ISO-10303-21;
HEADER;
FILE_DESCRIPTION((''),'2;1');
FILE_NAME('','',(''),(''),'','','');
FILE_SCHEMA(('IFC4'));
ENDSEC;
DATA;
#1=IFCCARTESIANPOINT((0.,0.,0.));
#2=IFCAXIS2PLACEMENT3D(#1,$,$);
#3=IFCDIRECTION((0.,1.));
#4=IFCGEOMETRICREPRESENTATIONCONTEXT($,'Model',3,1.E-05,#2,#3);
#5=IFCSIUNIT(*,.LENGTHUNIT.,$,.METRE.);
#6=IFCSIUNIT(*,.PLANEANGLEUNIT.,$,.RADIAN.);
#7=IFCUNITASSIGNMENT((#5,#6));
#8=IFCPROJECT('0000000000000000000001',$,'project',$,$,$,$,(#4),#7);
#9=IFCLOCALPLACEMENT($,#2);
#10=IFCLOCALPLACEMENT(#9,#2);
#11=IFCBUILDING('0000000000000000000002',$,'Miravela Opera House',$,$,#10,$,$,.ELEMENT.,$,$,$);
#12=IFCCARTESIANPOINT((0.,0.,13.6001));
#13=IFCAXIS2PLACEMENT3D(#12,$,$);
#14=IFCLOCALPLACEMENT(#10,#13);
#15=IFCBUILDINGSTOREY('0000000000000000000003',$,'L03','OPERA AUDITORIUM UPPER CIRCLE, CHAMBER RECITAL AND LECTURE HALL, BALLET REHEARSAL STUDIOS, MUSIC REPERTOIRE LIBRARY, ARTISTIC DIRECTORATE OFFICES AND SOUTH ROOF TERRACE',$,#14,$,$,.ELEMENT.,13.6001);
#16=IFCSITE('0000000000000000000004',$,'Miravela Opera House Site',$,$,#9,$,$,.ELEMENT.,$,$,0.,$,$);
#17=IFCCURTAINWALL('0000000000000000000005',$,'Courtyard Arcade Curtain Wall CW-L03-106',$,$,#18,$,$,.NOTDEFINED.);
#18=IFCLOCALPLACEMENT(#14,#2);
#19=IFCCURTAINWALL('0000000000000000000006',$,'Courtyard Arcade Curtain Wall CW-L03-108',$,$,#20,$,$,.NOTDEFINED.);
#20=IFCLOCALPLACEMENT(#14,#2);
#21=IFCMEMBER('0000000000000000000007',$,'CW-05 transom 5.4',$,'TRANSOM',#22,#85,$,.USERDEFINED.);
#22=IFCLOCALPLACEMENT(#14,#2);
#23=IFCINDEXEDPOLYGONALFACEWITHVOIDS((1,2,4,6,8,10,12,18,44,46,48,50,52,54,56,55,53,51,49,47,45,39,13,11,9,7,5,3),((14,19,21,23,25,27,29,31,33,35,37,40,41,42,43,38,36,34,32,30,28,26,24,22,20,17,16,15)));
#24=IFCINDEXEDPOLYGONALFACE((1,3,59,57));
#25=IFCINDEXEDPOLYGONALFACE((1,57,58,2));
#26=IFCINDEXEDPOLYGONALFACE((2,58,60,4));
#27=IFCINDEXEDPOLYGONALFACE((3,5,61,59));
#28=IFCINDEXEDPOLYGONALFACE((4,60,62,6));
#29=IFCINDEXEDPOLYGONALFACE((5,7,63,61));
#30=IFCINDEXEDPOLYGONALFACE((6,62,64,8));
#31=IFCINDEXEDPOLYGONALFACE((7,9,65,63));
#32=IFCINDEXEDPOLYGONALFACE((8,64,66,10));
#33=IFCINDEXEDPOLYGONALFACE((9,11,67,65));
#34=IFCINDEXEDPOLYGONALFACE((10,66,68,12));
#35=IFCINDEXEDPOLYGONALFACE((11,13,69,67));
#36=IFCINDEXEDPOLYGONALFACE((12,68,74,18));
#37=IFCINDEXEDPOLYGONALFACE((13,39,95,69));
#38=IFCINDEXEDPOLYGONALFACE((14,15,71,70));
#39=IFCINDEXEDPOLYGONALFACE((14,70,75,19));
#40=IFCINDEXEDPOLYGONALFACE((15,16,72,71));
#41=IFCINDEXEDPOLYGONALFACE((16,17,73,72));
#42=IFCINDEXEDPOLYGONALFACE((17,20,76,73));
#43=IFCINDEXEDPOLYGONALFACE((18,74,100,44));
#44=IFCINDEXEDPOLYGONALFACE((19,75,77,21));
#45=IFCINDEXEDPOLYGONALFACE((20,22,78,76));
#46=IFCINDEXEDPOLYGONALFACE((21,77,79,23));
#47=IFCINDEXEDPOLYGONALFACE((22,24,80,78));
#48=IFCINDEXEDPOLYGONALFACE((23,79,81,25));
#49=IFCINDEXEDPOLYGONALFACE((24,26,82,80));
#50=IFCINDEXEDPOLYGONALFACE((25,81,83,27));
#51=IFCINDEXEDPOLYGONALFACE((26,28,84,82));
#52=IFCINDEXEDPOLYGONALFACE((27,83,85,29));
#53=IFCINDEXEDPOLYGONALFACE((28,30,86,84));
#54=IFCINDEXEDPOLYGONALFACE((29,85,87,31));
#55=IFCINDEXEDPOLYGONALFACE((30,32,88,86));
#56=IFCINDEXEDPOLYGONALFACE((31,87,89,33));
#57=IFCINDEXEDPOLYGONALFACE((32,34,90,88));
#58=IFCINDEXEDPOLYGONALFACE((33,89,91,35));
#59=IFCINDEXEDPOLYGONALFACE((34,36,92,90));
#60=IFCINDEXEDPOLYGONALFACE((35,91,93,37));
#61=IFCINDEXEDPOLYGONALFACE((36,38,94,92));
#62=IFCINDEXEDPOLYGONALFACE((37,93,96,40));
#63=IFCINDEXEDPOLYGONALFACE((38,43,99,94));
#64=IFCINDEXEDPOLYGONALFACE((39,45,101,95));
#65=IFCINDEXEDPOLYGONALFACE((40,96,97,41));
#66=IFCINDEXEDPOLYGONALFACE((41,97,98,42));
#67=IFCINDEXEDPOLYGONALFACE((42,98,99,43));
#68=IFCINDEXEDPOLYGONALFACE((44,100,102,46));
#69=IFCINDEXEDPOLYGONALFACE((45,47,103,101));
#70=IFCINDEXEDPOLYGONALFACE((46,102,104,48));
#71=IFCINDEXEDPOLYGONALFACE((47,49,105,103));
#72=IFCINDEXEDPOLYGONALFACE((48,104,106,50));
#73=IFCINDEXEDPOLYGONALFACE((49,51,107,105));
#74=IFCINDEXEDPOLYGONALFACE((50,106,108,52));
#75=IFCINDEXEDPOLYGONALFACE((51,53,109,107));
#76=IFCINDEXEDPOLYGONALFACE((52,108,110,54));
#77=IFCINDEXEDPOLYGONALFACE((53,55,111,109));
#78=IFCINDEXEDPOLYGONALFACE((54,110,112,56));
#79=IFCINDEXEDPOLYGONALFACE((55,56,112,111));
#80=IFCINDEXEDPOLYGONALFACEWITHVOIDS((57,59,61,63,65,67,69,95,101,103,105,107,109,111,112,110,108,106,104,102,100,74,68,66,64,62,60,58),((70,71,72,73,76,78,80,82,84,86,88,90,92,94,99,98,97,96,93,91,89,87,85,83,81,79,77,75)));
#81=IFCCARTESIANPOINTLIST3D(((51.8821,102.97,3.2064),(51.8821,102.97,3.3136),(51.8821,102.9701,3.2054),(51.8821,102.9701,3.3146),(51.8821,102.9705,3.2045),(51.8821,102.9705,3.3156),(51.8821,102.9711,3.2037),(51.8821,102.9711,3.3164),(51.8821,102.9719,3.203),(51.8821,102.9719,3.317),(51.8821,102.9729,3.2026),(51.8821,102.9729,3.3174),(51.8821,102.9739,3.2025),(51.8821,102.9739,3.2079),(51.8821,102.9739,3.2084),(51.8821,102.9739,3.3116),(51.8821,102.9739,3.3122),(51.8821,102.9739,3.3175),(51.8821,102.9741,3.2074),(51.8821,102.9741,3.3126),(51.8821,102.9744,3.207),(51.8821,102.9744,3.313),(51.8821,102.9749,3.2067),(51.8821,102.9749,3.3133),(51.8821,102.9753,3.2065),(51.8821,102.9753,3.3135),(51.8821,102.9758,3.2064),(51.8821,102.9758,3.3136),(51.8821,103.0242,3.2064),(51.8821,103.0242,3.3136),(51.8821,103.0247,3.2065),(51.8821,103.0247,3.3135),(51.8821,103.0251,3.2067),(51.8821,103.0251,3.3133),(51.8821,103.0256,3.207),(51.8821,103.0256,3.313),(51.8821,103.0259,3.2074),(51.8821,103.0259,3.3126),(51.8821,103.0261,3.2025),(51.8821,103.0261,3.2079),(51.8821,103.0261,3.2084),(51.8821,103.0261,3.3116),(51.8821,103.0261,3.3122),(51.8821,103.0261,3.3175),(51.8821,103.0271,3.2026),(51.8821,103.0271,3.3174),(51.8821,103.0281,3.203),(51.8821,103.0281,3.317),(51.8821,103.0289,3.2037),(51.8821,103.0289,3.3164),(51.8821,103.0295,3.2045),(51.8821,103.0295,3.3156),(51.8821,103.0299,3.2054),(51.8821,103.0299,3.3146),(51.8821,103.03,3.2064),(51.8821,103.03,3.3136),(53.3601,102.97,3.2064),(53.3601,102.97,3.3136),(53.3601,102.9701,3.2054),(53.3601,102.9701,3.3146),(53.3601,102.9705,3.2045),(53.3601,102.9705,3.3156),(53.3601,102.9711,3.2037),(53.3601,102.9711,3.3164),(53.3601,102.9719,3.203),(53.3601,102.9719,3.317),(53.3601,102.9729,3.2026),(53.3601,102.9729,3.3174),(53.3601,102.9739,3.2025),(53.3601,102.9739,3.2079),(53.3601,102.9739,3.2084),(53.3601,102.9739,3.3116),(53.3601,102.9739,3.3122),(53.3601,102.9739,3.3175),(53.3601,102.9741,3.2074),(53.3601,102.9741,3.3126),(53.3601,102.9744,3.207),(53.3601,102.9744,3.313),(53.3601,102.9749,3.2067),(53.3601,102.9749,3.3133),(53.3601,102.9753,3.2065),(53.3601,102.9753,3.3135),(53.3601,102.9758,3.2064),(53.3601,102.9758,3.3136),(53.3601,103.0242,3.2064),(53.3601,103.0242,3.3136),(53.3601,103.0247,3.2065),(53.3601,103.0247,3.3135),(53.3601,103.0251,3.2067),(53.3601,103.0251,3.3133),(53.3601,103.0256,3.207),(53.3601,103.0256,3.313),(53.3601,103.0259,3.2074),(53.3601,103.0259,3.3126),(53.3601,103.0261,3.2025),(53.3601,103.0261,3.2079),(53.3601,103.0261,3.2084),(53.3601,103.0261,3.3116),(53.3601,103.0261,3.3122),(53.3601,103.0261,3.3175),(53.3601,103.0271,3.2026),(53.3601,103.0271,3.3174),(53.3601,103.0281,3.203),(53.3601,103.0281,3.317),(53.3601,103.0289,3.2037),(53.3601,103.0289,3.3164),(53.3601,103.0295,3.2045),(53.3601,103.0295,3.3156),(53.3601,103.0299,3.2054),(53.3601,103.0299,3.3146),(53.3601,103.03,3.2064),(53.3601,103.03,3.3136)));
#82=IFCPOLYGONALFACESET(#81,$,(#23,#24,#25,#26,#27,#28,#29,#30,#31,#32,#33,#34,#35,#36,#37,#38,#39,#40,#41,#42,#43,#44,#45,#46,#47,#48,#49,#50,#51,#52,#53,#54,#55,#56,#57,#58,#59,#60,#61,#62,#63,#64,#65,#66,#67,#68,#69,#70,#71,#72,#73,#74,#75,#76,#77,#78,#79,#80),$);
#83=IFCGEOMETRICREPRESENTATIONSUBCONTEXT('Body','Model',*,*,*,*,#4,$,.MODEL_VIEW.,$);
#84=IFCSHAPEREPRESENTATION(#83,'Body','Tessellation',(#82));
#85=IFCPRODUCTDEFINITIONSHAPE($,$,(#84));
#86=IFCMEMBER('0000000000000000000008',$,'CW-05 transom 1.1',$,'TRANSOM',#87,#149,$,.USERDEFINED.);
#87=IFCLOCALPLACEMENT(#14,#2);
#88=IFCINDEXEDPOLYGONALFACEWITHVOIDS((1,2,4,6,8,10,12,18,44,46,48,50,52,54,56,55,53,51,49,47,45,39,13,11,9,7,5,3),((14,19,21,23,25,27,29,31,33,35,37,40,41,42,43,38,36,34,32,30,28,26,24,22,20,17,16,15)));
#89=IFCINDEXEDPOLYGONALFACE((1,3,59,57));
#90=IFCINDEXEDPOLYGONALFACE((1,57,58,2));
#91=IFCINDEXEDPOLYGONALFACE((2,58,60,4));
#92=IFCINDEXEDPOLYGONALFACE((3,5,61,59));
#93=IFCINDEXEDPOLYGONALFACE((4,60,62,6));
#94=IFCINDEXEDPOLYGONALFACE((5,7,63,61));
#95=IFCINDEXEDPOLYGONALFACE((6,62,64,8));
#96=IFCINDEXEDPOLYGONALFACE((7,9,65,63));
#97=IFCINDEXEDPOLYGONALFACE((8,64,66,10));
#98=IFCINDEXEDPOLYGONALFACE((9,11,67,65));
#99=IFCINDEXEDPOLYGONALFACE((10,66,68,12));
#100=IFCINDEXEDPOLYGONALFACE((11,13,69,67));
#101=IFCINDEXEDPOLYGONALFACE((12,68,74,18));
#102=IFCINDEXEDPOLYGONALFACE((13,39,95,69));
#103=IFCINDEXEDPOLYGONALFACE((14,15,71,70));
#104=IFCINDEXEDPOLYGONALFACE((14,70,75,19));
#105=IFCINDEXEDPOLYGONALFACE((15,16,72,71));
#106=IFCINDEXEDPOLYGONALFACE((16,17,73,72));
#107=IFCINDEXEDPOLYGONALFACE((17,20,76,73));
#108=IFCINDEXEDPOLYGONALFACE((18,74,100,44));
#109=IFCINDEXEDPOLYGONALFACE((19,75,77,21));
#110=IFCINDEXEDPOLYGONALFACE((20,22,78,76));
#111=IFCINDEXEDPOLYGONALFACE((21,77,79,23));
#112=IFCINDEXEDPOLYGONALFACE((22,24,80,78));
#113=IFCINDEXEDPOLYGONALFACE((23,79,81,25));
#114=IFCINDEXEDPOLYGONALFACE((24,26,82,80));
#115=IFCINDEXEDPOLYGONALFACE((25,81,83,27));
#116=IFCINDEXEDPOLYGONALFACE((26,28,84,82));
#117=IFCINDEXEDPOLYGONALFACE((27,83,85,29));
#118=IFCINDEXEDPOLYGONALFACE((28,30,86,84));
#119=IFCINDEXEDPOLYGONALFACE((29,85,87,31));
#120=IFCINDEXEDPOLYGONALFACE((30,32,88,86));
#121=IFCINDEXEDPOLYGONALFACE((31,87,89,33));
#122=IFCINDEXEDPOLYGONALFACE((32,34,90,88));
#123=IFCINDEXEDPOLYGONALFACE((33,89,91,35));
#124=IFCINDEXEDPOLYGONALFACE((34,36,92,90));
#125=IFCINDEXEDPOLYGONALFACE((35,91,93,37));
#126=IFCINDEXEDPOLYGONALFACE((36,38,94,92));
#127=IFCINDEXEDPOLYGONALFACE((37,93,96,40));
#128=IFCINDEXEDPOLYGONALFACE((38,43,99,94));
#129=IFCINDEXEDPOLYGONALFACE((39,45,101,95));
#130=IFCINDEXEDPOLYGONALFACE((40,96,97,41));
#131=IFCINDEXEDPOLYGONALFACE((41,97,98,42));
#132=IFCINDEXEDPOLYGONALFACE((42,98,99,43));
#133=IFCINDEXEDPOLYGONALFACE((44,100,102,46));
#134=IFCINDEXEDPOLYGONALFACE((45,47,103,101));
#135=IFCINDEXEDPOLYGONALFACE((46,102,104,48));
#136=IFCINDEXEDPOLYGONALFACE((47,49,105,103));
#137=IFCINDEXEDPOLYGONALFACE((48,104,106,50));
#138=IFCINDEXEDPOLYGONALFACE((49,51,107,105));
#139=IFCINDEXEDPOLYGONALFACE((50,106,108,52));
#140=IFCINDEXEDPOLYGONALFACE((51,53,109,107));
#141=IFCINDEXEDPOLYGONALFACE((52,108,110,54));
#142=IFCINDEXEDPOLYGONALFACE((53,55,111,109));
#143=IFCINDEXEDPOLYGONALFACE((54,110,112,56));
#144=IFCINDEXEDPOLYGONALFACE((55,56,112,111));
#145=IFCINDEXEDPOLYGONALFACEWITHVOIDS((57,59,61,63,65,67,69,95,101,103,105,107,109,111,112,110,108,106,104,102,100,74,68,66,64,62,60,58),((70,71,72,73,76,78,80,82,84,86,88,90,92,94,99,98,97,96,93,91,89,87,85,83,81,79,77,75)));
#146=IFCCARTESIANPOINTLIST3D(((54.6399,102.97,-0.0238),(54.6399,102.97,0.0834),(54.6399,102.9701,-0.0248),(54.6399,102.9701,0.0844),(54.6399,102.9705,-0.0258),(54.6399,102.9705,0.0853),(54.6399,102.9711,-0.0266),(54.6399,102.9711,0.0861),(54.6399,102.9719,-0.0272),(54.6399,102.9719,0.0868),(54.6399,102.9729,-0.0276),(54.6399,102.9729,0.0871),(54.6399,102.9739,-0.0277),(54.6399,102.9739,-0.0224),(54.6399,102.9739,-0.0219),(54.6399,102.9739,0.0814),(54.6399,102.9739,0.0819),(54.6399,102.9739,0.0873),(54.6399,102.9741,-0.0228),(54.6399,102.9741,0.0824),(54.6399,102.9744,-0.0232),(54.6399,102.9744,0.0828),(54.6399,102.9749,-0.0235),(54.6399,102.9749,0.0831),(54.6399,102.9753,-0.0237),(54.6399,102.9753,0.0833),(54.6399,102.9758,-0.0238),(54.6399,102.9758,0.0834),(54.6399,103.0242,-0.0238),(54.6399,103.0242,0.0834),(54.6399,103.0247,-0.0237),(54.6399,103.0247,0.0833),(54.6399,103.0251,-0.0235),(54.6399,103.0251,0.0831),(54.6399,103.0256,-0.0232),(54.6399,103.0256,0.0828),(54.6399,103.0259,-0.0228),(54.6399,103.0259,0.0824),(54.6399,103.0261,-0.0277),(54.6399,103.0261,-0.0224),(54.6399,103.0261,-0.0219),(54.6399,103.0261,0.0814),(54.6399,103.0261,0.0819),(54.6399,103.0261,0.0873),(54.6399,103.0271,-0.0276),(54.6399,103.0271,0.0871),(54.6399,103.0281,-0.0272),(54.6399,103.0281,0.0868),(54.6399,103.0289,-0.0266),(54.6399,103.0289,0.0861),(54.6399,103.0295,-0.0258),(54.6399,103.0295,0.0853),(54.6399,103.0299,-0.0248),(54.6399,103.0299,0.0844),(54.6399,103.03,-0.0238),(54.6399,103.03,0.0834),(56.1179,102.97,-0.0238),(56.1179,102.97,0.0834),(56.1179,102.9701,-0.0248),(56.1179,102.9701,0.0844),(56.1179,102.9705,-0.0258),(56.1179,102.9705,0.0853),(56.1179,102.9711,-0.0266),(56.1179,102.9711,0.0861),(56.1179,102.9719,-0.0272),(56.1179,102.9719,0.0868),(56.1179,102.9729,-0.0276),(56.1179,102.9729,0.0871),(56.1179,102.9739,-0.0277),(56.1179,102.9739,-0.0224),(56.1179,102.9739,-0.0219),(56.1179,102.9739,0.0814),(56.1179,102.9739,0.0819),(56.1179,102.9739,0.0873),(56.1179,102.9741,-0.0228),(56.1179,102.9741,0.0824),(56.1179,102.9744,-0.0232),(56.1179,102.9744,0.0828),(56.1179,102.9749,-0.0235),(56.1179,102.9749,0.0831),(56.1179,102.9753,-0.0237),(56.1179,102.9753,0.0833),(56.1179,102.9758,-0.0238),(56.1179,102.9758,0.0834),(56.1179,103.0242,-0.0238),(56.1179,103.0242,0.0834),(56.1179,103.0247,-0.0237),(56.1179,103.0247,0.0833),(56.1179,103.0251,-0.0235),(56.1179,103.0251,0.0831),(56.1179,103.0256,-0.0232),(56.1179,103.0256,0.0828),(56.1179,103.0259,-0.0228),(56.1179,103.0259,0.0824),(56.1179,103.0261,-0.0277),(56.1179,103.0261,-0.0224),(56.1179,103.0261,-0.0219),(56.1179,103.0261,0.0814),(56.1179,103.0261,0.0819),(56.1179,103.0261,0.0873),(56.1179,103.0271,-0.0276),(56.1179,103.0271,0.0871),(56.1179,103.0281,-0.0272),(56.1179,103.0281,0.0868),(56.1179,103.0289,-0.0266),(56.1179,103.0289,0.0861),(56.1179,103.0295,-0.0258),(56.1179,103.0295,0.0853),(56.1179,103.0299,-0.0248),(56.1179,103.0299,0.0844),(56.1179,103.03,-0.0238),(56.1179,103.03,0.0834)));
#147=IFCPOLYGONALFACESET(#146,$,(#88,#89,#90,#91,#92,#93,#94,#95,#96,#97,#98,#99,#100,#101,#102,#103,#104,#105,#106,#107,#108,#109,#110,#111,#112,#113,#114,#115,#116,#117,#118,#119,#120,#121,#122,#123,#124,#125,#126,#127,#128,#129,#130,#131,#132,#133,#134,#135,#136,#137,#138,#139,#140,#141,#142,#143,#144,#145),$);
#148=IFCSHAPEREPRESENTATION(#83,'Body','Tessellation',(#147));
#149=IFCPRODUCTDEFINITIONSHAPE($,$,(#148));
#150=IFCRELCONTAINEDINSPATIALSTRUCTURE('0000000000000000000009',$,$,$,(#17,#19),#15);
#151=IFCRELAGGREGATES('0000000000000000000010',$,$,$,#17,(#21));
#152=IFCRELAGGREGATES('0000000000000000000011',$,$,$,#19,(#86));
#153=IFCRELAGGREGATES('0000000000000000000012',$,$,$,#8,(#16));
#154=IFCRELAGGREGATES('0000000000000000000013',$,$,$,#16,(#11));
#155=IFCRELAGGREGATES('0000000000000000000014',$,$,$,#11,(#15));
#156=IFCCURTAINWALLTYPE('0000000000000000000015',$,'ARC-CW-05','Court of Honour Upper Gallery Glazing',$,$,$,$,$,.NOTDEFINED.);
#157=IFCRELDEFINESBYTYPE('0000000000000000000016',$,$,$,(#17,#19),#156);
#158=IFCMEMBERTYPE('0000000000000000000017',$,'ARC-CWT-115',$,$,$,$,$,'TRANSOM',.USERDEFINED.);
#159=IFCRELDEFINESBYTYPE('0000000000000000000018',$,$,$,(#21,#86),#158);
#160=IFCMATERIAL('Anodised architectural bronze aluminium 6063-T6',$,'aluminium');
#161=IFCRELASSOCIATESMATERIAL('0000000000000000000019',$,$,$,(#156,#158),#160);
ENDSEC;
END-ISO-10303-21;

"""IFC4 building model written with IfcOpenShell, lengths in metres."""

from ifc_helpers import new_model, si_unit, direction, frame, origin, origin_2d, place, context, subcontext, project, spatial, hollow_rectangle, extrude, material, material_profile, profile_set, type_object, element, aggregate, save


model = new_model("IFC4")

# Units and contexts
model_context = context("Model", 3, precision=1e-05, world=origin(), true_north=direction((0.0, 1.0)))
body_context = subcontext(model_context, "Body", "Model", "MODEL_VIEW")
ifc_project = project(units=[si_unit("LENGTHUNIT", "METRE"), si_unit("PLANEANGLEUNIT", "RADIAN")], contexts=[model_context])

# Site, building, storey
site_placement = place(None, origin())
site = spatial("IfcSite", under=ifc_project, at=site_placement, Name="Miravela Opera House Site", CompositionType="ELEMENT", RefElevation=0.0)
building_placement = place(site_placement, origin())
building = spatial("IfcBuilding", under=site, at=building_placement, Name="Miravela Opera House", CompositionType="ELEMENT")
storey_placement = place(building_placement, frame((0.0, 0.0, 13.6001)))
storey = spatial("IfcBuildingStorey", under=building, at=storey_placement, Name="L03", Description="OPERA AUDITORIUM UPPER CIRCLE, CHAMBER RECITAL AND LECTURE HALL, BALLET REHEARSAL STUDIOS, MUSIC REPERTOIRE LIBRARY, ARTISTIC DIRECTORATE OFFICES AND SOUTH ROOF TERRACE", CompositionType="ELEMENT", Elevation=13.6001)

# Curtain walls
ifc_material_1 = material(Name="Anodised architectural bronze aluminium 6063-T6", Category="aluminium")
curtain_wall_type = type_object("IfcCurtainWallType", Name="ARC-CW-05", Description="Court of Honour Upper Gallery Glazing", PredefinedType="NOTDEFINED", material=ifc_material_1)
curtain_wall_1_placement = place(storey_placement, origin())
curtain_wall_1 = element("IfcCurtainWall", 1, at=curtain_wall_1_placement, inside=storey, type_object=curtain_wall_type, Name="Courtyard Arcade Curtain Wall CW-L03-106", PredefinedType="NOTDEFINED")
curtain_wall_2_placement = place(storey_placement, origin())
curtain_wall_2 = element("IfcCurtainWall", 2, at=curtain_wall_2_placement, inside=storey, type_object=curtain_wall_type, Name="Courtyard Arcade Curtain Wall CW-L03-108", PredefinedType="NOTDEFINED")

# Members
ifc_material_profile_1 = material_profile(ifc_material_1, hollow_rectangle(XDim=0.0601, YDim=0.115, WallThickness=0.0039, InnerFilletRadius=0.002, OuterFilletRadius=0.0039, at=origin_2d()), Name="CWT-60X115")
ifc_profile_set_1 = profile_set([ifc_material_profile_1])
member_type_1 = type_object("IfcMemberType", Name="ARC-CWT-115", ElementType="TRANSOM", PredefinedType="USERDEFINED", material=ifc_profile_set_1)
member_1_placement = place(storey_placement, frame((51.8821, 103.0, 3.26), z_axis=(1.0, 0.0, 0.0), x_axis=(0.0, 1.0, 0.0)))
member_1 = element("IfcMember", 3, at=member_1_placement, type_object=member_type_1, Name="CW-05 transom 5.4", ObjectType="TRANSOM", PredefinedType="USERDEFINED", context=body_context, shape_type="SweptSolid", body=[
    extrude(hollow_rectangle(XDim=0.0601, YDim=0.115, WallThickness=0.0039, InnerFilletRadius=0.002, OuterFilletRadius=0.0039, at=origin_2d()), origin(), (0.0, 0.0, 1.0), 1.478),
])
member_2_placement = place(storey_placement, frame((54.6399, 103.0, 0.0298), z_axis=(1.0, 0.0, 0.0), x_axis=(0.0, 1.0, 0.0)))
member_2 = element("IfcMember", 4, at=member_2_placement, type_object=member_type_1, Name="CW-05 transom 1.1", ObjectType="TRANSOM", PredefinedType="USERDEFINED", context=body_context, shape_type="SweptSolid", body=[
    extrude(hollow_rectangle(XDim=0.0601, YDim=0.115, WallThickness=0.0039, InnerFilletRadius=0.002, OuterFilletRadius=0.0039, at=origin_2d()), origin(), (0.0, 0.0, 1.0), 1.478),
])

aggregate(curtain_wall_1, [member_1])
aggregate(curtain_wall_2, [member_2])

save(model, "model.ifc")
